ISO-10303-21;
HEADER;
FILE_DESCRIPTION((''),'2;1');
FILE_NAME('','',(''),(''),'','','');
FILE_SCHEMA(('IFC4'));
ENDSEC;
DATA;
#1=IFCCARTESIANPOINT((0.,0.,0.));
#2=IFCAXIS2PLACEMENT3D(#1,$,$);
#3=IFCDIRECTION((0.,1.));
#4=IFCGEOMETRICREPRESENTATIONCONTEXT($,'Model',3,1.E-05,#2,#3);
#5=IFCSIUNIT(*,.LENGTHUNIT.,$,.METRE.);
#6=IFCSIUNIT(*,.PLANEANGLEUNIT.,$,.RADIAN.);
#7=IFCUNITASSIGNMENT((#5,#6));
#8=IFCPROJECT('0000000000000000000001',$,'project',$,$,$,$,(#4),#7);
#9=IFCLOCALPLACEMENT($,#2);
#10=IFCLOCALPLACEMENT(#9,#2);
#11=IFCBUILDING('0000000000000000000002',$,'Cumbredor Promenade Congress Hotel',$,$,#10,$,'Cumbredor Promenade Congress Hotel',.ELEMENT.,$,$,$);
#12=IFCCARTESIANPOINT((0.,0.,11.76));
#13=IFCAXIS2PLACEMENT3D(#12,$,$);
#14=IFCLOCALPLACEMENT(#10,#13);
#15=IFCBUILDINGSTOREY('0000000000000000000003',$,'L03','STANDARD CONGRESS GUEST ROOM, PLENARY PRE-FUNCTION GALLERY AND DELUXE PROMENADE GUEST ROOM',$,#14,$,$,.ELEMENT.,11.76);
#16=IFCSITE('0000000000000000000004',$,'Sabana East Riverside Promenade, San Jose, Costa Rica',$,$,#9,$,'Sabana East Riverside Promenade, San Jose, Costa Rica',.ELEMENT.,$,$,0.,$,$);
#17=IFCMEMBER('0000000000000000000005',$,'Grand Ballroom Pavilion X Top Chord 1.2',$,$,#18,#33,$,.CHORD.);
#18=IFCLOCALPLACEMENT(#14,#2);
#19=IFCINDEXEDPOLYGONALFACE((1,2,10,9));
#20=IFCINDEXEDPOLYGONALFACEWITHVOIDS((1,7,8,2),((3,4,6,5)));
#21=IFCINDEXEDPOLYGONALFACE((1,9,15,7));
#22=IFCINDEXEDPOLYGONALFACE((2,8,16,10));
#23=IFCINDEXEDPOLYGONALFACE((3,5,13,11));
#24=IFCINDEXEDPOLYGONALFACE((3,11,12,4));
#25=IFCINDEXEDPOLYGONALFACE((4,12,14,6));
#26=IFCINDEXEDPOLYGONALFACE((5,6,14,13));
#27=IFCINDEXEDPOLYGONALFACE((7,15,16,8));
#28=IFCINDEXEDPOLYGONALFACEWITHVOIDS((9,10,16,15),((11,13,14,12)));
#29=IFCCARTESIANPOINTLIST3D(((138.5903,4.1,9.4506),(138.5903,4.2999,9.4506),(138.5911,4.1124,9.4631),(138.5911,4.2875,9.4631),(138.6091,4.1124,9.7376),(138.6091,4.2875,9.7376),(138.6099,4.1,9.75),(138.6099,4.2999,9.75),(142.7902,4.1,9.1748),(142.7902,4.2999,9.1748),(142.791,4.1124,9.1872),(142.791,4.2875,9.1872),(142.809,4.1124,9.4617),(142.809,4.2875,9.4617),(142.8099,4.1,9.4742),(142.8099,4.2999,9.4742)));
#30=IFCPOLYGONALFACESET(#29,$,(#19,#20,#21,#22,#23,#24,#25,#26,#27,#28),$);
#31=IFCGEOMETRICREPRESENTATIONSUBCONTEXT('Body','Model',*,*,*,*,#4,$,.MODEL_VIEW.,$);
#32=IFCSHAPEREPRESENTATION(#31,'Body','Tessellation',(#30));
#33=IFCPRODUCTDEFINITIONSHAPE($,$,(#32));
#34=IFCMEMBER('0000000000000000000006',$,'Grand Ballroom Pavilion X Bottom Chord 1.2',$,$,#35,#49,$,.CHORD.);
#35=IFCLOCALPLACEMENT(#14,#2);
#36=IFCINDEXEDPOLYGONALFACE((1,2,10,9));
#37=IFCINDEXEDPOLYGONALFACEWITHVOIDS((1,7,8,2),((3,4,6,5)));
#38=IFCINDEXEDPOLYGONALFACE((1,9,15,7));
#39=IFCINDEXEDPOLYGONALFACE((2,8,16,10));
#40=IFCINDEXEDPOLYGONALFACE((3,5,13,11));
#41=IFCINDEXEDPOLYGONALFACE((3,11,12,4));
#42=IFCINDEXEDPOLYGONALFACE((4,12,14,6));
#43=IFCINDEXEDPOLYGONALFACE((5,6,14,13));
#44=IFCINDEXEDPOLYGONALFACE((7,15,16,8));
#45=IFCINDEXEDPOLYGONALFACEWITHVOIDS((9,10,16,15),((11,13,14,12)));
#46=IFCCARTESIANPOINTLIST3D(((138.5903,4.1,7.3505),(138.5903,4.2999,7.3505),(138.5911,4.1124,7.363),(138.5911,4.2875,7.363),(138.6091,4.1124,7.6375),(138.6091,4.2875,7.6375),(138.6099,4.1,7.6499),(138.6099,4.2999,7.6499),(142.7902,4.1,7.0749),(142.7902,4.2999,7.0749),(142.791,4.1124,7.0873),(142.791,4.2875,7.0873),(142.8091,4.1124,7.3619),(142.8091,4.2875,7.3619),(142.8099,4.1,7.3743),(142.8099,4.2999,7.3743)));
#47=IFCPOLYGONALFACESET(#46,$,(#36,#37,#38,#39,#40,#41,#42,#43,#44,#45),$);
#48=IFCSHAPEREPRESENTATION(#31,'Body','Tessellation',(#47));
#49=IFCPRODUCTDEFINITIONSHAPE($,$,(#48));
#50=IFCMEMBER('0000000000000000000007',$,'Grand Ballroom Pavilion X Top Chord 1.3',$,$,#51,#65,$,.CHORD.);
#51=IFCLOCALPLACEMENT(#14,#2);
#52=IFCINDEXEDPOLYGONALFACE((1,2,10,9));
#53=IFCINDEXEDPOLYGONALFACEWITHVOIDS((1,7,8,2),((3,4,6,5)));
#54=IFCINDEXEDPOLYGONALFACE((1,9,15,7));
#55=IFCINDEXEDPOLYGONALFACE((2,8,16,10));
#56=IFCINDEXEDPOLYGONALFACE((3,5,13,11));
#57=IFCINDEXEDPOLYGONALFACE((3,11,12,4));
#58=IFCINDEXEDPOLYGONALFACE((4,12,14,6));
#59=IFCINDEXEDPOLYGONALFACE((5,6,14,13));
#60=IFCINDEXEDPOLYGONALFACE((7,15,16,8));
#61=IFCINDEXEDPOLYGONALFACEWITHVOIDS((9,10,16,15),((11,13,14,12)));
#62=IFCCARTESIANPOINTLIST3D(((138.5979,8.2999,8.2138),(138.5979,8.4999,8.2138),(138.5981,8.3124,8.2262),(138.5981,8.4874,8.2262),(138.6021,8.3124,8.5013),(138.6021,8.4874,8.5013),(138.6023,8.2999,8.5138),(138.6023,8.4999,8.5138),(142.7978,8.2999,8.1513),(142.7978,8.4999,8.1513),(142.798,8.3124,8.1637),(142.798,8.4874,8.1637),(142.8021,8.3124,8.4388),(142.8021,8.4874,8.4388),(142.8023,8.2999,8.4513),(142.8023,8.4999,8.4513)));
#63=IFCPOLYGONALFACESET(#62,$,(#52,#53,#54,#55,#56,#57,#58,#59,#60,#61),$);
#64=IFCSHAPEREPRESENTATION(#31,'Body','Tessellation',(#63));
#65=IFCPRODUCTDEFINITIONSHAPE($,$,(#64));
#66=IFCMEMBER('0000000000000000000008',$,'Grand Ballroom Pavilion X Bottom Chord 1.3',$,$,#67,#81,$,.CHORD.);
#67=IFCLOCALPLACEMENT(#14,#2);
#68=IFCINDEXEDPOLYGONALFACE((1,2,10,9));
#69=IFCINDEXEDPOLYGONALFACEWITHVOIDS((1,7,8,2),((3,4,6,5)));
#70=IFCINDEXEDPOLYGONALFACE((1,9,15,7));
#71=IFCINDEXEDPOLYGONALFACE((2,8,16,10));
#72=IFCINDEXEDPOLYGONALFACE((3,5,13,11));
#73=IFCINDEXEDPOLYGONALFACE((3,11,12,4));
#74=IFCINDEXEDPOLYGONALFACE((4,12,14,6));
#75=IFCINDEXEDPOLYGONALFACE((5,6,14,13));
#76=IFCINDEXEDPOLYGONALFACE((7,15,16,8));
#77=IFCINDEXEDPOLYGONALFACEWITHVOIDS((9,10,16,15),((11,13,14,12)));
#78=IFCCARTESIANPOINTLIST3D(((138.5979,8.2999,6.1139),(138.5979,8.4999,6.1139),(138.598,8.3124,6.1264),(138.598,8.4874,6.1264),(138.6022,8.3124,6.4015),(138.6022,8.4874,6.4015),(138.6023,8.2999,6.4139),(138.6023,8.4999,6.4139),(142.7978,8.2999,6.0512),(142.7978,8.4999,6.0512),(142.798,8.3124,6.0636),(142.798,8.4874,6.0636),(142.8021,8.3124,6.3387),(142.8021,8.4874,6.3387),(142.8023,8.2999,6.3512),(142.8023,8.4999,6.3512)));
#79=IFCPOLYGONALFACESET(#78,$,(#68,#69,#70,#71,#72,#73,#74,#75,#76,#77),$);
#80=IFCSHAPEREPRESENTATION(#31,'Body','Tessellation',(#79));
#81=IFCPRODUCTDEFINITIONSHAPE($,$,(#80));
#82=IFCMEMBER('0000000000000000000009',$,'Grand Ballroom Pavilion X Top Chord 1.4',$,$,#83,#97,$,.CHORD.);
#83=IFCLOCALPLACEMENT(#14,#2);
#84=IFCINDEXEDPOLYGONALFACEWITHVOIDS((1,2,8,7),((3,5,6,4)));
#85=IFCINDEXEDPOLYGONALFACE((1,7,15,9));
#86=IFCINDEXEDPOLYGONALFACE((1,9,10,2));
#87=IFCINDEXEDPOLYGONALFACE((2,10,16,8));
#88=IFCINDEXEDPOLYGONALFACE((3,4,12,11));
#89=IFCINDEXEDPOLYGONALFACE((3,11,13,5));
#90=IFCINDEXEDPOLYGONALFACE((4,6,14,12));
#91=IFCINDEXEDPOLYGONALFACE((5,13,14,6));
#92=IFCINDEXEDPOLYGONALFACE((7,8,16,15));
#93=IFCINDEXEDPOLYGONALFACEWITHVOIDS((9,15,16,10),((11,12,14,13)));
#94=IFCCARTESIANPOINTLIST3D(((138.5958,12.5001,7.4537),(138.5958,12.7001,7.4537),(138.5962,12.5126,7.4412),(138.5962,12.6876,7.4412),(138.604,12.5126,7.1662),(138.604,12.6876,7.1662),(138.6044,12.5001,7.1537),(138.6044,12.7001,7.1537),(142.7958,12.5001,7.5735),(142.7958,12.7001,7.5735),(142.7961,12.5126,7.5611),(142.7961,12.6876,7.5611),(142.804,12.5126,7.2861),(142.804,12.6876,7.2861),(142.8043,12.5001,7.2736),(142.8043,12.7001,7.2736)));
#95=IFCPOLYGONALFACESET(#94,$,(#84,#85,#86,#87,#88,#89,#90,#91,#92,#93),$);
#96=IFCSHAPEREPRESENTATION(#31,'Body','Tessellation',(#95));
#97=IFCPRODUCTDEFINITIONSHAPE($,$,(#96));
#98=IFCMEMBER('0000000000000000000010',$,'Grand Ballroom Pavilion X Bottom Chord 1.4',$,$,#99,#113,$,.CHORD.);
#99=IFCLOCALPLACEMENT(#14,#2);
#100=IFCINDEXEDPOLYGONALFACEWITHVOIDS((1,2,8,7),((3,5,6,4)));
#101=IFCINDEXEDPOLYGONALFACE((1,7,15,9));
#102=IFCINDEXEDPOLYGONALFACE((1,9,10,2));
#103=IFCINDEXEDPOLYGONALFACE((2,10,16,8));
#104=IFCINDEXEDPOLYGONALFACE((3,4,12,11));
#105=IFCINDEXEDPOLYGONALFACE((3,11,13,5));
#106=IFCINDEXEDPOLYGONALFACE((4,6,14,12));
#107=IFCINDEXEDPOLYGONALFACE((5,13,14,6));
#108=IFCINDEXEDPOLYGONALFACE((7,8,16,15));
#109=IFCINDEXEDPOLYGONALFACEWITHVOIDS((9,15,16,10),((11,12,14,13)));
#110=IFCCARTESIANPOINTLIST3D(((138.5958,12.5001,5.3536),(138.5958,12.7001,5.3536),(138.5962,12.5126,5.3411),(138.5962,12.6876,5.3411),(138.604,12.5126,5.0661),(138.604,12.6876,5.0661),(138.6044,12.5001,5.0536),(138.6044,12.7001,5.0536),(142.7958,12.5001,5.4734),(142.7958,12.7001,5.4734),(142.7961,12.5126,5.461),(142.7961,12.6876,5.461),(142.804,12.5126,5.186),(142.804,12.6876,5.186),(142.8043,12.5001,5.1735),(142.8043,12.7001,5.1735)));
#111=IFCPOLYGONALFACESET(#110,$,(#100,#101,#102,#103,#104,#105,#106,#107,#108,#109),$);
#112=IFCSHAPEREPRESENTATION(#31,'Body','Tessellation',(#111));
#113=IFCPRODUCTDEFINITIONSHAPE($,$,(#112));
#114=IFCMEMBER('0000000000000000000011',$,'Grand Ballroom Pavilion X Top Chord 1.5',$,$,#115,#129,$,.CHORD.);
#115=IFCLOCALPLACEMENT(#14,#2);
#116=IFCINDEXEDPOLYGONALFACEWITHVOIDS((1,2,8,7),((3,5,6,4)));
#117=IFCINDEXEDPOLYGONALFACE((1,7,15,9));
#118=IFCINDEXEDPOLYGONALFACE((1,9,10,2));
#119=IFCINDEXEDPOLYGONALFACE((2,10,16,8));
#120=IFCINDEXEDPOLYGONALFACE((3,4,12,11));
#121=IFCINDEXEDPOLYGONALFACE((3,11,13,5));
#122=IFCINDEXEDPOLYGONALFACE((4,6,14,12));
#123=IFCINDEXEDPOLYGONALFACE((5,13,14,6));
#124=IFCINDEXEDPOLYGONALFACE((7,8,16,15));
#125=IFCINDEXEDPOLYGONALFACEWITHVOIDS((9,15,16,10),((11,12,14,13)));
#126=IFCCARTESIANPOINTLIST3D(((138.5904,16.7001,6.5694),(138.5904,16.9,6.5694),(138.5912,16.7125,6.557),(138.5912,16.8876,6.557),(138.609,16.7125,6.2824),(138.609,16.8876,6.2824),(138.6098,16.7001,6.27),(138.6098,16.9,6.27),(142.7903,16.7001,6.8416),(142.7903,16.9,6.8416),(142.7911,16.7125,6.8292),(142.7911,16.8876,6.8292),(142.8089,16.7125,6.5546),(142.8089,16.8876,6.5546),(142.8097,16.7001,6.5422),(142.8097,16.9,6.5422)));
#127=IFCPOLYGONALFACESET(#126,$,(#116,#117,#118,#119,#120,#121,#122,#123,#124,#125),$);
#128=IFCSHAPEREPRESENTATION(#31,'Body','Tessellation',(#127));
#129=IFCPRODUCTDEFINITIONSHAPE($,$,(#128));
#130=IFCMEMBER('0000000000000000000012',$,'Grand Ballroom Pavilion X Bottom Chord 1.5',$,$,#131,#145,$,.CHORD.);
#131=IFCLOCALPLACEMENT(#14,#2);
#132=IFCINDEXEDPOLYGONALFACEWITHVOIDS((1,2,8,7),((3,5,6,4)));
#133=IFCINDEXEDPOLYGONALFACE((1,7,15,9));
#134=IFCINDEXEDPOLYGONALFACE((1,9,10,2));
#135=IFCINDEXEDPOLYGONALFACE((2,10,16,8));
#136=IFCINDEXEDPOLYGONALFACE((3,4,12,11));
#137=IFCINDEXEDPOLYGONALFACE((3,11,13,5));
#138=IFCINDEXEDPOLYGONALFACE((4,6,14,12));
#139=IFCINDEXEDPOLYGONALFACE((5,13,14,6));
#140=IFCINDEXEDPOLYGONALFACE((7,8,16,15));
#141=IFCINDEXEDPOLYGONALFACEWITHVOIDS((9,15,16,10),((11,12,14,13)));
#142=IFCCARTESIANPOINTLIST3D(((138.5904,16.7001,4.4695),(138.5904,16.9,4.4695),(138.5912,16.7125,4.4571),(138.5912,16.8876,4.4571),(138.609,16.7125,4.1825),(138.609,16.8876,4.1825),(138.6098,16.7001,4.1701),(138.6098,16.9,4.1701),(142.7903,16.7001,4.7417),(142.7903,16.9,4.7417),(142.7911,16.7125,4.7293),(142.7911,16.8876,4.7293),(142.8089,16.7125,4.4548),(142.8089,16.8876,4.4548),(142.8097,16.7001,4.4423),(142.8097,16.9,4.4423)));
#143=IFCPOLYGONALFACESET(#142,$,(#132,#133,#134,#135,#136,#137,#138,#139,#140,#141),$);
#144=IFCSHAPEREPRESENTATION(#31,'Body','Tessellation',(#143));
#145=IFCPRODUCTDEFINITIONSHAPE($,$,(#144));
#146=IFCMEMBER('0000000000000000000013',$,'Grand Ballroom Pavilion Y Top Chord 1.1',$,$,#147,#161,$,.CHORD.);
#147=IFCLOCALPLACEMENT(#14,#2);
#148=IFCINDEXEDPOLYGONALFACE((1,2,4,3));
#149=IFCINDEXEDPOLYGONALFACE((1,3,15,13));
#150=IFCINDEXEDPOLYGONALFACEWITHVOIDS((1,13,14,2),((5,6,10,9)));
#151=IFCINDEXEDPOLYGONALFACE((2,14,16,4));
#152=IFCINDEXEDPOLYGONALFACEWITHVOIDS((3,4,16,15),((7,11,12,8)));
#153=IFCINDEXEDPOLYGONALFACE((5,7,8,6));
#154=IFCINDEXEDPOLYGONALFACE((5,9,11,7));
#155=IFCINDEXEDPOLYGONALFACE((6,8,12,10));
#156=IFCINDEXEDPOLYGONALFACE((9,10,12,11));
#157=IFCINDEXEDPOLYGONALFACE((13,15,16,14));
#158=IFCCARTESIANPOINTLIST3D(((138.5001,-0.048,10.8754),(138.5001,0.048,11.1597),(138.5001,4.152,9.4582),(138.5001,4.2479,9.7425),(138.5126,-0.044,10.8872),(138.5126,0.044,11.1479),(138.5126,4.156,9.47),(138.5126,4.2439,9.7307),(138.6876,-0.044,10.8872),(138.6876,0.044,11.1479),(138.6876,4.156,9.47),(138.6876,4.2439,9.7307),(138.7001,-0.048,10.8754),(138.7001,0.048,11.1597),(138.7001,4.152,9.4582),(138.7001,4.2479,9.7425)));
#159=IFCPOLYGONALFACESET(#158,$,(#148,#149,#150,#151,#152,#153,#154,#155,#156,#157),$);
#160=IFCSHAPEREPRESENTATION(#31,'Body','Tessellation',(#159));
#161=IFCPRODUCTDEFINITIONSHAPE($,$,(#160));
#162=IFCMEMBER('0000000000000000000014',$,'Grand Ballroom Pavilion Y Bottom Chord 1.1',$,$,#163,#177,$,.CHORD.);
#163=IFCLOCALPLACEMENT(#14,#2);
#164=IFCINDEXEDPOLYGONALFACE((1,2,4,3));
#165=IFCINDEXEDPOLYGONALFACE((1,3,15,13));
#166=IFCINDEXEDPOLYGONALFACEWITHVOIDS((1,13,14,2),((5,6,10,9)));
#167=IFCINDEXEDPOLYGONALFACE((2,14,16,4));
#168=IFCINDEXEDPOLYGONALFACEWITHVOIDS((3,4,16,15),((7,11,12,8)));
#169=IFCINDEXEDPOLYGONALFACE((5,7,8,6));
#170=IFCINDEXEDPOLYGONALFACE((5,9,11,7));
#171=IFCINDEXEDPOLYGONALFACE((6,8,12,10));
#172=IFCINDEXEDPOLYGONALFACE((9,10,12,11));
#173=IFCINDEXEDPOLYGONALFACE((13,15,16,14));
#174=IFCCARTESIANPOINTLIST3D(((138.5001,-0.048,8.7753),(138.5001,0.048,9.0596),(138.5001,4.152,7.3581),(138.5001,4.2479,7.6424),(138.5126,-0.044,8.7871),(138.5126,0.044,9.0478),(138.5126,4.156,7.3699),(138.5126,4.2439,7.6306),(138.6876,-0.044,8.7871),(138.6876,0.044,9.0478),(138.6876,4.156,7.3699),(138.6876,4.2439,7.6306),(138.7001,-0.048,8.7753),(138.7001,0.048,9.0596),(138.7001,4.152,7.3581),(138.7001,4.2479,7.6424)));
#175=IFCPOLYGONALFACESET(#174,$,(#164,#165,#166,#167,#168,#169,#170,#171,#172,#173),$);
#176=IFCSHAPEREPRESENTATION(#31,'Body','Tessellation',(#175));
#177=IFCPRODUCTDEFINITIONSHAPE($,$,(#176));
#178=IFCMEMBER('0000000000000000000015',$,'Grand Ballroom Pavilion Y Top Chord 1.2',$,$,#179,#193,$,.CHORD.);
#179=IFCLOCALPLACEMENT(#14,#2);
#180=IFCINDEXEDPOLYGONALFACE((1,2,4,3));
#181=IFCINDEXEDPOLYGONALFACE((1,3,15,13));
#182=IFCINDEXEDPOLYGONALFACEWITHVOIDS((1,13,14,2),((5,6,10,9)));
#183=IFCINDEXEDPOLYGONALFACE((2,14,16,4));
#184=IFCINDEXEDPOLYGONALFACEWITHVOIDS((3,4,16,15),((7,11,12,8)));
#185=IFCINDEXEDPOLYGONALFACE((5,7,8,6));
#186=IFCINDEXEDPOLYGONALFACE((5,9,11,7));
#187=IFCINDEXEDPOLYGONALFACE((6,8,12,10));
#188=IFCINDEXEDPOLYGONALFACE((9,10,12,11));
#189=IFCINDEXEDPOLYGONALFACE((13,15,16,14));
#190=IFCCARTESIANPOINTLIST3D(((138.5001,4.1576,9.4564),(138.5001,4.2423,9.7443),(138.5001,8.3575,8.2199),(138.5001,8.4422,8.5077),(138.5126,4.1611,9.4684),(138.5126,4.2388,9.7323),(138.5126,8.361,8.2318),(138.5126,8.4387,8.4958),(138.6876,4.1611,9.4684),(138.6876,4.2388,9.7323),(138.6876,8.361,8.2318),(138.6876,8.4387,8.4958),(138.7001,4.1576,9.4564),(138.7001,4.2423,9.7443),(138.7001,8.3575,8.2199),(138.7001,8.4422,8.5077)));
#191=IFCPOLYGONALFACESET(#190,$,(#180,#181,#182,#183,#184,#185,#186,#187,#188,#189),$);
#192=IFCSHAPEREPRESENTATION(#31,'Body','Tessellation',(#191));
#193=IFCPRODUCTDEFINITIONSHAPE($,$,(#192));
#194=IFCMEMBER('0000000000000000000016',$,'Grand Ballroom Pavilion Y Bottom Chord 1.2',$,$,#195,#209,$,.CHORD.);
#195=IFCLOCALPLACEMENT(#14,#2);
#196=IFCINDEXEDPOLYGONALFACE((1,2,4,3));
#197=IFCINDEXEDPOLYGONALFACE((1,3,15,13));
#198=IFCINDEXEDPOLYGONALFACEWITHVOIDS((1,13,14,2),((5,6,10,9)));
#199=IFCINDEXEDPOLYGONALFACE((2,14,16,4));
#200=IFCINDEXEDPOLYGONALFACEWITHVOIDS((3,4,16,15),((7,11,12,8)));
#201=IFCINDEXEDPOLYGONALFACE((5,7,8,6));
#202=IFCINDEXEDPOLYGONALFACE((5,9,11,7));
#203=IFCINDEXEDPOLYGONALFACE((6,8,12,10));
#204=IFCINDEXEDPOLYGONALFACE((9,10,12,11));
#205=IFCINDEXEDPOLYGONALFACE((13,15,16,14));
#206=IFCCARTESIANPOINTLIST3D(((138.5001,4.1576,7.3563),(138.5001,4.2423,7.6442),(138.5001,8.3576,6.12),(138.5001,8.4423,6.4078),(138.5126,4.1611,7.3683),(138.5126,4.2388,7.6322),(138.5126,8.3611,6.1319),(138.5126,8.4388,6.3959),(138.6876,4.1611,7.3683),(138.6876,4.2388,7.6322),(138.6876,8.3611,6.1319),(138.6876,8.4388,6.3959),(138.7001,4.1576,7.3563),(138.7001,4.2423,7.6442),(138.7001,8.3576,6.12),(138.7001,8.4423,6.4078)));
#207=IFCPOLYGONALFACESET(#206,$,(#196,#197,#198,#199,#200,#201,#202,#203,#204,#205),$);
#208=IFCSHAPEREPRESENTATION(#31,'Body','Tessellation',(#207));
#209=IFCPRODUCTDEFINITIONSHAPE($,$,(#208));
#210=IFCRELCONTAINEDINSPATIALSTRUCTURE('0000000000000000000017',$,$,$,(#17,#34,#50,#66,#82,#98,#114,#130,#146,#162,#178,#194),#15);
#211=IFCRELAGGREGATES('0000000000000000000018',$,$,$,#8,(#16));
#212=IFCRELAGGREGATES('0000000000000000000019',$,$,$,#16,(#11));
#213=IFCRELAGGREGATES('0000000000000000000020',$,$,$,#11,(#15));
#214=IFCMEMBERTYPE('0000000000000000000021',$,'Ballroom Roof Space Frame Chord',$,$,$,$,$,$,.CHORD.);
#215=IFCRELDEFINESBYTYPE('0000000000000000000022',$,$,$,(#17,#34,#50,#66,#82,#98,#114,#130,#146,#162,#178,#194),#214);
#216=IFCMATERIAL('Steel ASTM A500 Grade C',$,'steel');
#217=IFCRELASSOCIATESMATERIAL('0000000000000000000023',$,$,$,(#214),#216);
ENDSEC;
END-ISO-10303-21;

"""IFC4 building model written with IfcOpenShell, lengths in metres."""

from ifc_helpers import new_model, si_unit, direction, frame, origin, origin_2d, place, context, subcontext, project, spatial, hollow_rectangle, extrude, material, material_profile, profile_set, type_object, element, save


model = new_model("IFC4")

# Units and contexts
model_context = context("Model", 3, precision=1e-05, world=origin(), true_north=direction((0.0, 1.0)))
body_context = subcontext(model_context, "Body", "Model", "MODEL_VIEW")
ifc_project = project(units=[si_unit("LENGTHUNIT", "METRE"), si_unit("PLANEANGLEUNIT", "RADIAN")], contexts=[model_context])

# Site, building, storey
site_placement = place(None, origin())
site = spatial("IfcSite", under=ifc_project, at=site_placement, Name="Sabana East Riverside Promenade, San Jose, Costa Rica", LongName="Sabana East Riverside Promenade, San Jose, Costa Rica", CompositionType="ELEMENT", RefElevation=0.0)
building_placement = place(site_placement, origin())
building = spatial("IfcBuilding", under=site, at=building_placement, Name="Cumbredor Promenade Congress Hotel", LongName="Cumbredor Promenade Congress Hotel", CompositionType="ELEMENT")
storey_placement = place(building_placement, frame((0.0, 0.0, 11.76)))
storey = spatial("IfcBuildingStorey", under=building, at=storey_placement, Name="L03", Description="STANDARD CONGRESS GUEST ROOM, PLENARY PRE-FUNCTION GALLERY AND DELUXE PROMENADE GUEST ROOM", CompositionType="ELEMENT", Elevation=11.76)

# Members
ifc_material_1 = material(Name="Steel ASTM A500 Grade C", Category="steel")
ifc_material_profile_1 = material_profile(ifc_material_1, hollow_rectangle(XDim=0.2, YDim=0.3, WallThickness=0.0125, at=origin_2d()), Name="HSS 300x200x12.5")
ifc_profile_set_1 = profile_set([ifc_material_profile_1], Name="Steel ASTM A500 Grade C")
member_type_1 = type_object("IfcMemberType", Name="Ballroom Roof Space Frame Chord", PredefinedType="CHORD", material=ifc_profile_set_1)
for number, where, z_axis, x_axis, name in (
    (1, (138.6001, 4.2, 9.6003), (0.99785, 0.0, -0.065545), (0.0, 1.0, 0.0), "Grand Ballroom Pavilion X Top Chord 1.2"),
    (2, (138.6001, 4.2, 7.5002), (0.997853, 0.0, -0.065487), (0.0, 1.0, 0.0), "Grand Ballroom Pavilion X Bottom Chord 1.2"),
):
    element("IfcMember", number, at=place(storey_placement, frame(where, z_axis=z_axis, x_axis=x_axis)), inside=storey, type_object=member_type_1, Name=name, PredefinedType="CHORD", context=body_context, shape_type="SweptSolid", body=[
        extrude(hollow_rectangle(XDim=0.2, YDim=0.3, WallThickness=0.0125, at=origin_2d()), origin(), (0.0, 0.0, 1.0), 4.209),
    ])
for number, where, z_axis, x_axis, name in (
    (3, (138.6001, 8.3999, 8.3638), (0.999889, 0.0, -0.014879), (0.0, 1.0, 0.0), "Grand Ballroom Pavilion X Top Chord 1.3"),
    (4, (138.6001, 8.3999, 6.2639), (0.999888, 0.0, -0.014938), (0.0, 1.0, 0.0), "Grand Ballroom Pavilion X Bottom Chord 1.3"),
):
    element("IfcMember", number, at=place(storey_placement, frame(where, z_axis=z_axis, x_axis=x_axis)), inside=storey, type_object=member_type_1, Name=name, PredefinedType="CHORD", context=body_context, shape_type="SweptSolid", body=[
        extrude(hollow_rectangle(XDim=0.2, YDim=0.3, WallThickness=0.0125, at=origin_2d()), origin(), (0.0, 0.0, 1.0), 4.2004),
    ])
for number, where, z_axis, x_axis, name in (
    (5, (138.6001, 12.6001, 7.3037), (0.999593, 0.0, 0.02853), (0.0, 1.0, 0.0), "Grand Ballroom Pavilion X Top Chord 1.4"),
    (6, (138.6001, 12.6001, 5.2036), (0.999593, 0.0, 0.02853), (0.0, 1.0, 0.0), "Grand Ballroom Pavilion X Bottom Chord 1.4"),
):
    element("IfcMember", number, at=place(storey_placement, frame(where, z_axis=z_axis, x_axis=x_axis)), inside=storey, type_object=member_type_1, Name=name, PredefinedType="CHORD", context=body_context, shape_type="SweptSolid", body=[
        extrude(hollow_rectangle(XDim=0.2, YDim=0.3, WallThickness=0.0125, at=origin_2d()), origin(), (0.0, 0.0, 1.0), 4.2017),
    ])
for number, where, z_axis, x_axis, name in (
    (7, (138.6001, 16.8, 6.4197), (0.997906, 0.0, 0.064679), (0.0, 1.0, 0.0), "Grand Ballroom Pavilion X Top Chord 1.5"),
    (8, (138.6001, 16.8, 4.3198), (0.997906, 0.0, 0.064679), (0.0, 1.0, 0.0), "Grand Ballroom Pavilion X Bottom Chord 1.5"),
):
    element("IfcMember", number, at=place(storey_placement, frame(where, z_axis=z_axis, x_axis=x_axis)), inside=storey, type_object=member_type_1, Name=name, PredefinedType="CHORD", context=body_context, shape_type="SweptSolid", body=[
        extrude(hollow_rectangle(XDim=0.2, YDim=0.3, WallThickness=0.0125, at=origin_2d()), origin(), (0.0, 0.0, 1.0), 4.2087),
    ])
for number, where, z_axis, x_axis, name in (
    (9, (138.6001, 0.0, 11.0176), (0.0, 0.947509, -0.319729), (-1.0, 0.0, 0.0), "Grand Ballroom Pavilion Y Top Chord 1.1"),
    (10, (138.6001, 0.0, 8.9175), (0.0, 0.947509, -0.319729), (-1.0, 0.0, 0.0), "Grand Ballroom Pavilion Y Bottom Chord 1.1"),
):
    element("IfcMember", number, at=place(storey_placement, frame(where, z_axis=z_axis, x_axis=x_axis)), inside=storey, type_object=member_type_1, Name=name, PredefinedType="CHORD", context=body_context, shape_type="SweptSolid", body=[
        extrude(hollow_rectangle(XDim=0.2, YDim=0.3, WallThickness=0.0125, at=origin_2d()), origin(), (0.0, 0.0, 1.0), 4.4326),
    ])
for number, where, z_axis, x_axis, name in (
    (11, (138.6001, 4.2, 9.6003), (0.0, 0.959286, -0.282438), (-1.0, 0.0, 0.0), "Grand Ballroom Pavilion Y Top Chord 1.2"),
    (12, (138.6001, 4.2, 7.5002), (0.0, 0.959301, -0.282387), (-1.0, 0.0, 0.0), "Grand Ballroom Pavilion Y Bottom Chord 1.2"),
):
    element("IfcMember", number, at=place(storey_placement, frame(where, z_axis=z_axis, x_axis=x_axis)), inside=storey, type_object=member_type_1, Name=name, PredefinedType="CHORD", context=body_context, shape_type="SweptSolid", body=[
        extrude(hollow_rectangle(XDim=0.2, YDim=0.3, WallThickness=0.0125, at=origin_2d()), origin(), (0.0, 0.0, 1.0), 4.3782),
    ])

save(model, "model.ifc")
